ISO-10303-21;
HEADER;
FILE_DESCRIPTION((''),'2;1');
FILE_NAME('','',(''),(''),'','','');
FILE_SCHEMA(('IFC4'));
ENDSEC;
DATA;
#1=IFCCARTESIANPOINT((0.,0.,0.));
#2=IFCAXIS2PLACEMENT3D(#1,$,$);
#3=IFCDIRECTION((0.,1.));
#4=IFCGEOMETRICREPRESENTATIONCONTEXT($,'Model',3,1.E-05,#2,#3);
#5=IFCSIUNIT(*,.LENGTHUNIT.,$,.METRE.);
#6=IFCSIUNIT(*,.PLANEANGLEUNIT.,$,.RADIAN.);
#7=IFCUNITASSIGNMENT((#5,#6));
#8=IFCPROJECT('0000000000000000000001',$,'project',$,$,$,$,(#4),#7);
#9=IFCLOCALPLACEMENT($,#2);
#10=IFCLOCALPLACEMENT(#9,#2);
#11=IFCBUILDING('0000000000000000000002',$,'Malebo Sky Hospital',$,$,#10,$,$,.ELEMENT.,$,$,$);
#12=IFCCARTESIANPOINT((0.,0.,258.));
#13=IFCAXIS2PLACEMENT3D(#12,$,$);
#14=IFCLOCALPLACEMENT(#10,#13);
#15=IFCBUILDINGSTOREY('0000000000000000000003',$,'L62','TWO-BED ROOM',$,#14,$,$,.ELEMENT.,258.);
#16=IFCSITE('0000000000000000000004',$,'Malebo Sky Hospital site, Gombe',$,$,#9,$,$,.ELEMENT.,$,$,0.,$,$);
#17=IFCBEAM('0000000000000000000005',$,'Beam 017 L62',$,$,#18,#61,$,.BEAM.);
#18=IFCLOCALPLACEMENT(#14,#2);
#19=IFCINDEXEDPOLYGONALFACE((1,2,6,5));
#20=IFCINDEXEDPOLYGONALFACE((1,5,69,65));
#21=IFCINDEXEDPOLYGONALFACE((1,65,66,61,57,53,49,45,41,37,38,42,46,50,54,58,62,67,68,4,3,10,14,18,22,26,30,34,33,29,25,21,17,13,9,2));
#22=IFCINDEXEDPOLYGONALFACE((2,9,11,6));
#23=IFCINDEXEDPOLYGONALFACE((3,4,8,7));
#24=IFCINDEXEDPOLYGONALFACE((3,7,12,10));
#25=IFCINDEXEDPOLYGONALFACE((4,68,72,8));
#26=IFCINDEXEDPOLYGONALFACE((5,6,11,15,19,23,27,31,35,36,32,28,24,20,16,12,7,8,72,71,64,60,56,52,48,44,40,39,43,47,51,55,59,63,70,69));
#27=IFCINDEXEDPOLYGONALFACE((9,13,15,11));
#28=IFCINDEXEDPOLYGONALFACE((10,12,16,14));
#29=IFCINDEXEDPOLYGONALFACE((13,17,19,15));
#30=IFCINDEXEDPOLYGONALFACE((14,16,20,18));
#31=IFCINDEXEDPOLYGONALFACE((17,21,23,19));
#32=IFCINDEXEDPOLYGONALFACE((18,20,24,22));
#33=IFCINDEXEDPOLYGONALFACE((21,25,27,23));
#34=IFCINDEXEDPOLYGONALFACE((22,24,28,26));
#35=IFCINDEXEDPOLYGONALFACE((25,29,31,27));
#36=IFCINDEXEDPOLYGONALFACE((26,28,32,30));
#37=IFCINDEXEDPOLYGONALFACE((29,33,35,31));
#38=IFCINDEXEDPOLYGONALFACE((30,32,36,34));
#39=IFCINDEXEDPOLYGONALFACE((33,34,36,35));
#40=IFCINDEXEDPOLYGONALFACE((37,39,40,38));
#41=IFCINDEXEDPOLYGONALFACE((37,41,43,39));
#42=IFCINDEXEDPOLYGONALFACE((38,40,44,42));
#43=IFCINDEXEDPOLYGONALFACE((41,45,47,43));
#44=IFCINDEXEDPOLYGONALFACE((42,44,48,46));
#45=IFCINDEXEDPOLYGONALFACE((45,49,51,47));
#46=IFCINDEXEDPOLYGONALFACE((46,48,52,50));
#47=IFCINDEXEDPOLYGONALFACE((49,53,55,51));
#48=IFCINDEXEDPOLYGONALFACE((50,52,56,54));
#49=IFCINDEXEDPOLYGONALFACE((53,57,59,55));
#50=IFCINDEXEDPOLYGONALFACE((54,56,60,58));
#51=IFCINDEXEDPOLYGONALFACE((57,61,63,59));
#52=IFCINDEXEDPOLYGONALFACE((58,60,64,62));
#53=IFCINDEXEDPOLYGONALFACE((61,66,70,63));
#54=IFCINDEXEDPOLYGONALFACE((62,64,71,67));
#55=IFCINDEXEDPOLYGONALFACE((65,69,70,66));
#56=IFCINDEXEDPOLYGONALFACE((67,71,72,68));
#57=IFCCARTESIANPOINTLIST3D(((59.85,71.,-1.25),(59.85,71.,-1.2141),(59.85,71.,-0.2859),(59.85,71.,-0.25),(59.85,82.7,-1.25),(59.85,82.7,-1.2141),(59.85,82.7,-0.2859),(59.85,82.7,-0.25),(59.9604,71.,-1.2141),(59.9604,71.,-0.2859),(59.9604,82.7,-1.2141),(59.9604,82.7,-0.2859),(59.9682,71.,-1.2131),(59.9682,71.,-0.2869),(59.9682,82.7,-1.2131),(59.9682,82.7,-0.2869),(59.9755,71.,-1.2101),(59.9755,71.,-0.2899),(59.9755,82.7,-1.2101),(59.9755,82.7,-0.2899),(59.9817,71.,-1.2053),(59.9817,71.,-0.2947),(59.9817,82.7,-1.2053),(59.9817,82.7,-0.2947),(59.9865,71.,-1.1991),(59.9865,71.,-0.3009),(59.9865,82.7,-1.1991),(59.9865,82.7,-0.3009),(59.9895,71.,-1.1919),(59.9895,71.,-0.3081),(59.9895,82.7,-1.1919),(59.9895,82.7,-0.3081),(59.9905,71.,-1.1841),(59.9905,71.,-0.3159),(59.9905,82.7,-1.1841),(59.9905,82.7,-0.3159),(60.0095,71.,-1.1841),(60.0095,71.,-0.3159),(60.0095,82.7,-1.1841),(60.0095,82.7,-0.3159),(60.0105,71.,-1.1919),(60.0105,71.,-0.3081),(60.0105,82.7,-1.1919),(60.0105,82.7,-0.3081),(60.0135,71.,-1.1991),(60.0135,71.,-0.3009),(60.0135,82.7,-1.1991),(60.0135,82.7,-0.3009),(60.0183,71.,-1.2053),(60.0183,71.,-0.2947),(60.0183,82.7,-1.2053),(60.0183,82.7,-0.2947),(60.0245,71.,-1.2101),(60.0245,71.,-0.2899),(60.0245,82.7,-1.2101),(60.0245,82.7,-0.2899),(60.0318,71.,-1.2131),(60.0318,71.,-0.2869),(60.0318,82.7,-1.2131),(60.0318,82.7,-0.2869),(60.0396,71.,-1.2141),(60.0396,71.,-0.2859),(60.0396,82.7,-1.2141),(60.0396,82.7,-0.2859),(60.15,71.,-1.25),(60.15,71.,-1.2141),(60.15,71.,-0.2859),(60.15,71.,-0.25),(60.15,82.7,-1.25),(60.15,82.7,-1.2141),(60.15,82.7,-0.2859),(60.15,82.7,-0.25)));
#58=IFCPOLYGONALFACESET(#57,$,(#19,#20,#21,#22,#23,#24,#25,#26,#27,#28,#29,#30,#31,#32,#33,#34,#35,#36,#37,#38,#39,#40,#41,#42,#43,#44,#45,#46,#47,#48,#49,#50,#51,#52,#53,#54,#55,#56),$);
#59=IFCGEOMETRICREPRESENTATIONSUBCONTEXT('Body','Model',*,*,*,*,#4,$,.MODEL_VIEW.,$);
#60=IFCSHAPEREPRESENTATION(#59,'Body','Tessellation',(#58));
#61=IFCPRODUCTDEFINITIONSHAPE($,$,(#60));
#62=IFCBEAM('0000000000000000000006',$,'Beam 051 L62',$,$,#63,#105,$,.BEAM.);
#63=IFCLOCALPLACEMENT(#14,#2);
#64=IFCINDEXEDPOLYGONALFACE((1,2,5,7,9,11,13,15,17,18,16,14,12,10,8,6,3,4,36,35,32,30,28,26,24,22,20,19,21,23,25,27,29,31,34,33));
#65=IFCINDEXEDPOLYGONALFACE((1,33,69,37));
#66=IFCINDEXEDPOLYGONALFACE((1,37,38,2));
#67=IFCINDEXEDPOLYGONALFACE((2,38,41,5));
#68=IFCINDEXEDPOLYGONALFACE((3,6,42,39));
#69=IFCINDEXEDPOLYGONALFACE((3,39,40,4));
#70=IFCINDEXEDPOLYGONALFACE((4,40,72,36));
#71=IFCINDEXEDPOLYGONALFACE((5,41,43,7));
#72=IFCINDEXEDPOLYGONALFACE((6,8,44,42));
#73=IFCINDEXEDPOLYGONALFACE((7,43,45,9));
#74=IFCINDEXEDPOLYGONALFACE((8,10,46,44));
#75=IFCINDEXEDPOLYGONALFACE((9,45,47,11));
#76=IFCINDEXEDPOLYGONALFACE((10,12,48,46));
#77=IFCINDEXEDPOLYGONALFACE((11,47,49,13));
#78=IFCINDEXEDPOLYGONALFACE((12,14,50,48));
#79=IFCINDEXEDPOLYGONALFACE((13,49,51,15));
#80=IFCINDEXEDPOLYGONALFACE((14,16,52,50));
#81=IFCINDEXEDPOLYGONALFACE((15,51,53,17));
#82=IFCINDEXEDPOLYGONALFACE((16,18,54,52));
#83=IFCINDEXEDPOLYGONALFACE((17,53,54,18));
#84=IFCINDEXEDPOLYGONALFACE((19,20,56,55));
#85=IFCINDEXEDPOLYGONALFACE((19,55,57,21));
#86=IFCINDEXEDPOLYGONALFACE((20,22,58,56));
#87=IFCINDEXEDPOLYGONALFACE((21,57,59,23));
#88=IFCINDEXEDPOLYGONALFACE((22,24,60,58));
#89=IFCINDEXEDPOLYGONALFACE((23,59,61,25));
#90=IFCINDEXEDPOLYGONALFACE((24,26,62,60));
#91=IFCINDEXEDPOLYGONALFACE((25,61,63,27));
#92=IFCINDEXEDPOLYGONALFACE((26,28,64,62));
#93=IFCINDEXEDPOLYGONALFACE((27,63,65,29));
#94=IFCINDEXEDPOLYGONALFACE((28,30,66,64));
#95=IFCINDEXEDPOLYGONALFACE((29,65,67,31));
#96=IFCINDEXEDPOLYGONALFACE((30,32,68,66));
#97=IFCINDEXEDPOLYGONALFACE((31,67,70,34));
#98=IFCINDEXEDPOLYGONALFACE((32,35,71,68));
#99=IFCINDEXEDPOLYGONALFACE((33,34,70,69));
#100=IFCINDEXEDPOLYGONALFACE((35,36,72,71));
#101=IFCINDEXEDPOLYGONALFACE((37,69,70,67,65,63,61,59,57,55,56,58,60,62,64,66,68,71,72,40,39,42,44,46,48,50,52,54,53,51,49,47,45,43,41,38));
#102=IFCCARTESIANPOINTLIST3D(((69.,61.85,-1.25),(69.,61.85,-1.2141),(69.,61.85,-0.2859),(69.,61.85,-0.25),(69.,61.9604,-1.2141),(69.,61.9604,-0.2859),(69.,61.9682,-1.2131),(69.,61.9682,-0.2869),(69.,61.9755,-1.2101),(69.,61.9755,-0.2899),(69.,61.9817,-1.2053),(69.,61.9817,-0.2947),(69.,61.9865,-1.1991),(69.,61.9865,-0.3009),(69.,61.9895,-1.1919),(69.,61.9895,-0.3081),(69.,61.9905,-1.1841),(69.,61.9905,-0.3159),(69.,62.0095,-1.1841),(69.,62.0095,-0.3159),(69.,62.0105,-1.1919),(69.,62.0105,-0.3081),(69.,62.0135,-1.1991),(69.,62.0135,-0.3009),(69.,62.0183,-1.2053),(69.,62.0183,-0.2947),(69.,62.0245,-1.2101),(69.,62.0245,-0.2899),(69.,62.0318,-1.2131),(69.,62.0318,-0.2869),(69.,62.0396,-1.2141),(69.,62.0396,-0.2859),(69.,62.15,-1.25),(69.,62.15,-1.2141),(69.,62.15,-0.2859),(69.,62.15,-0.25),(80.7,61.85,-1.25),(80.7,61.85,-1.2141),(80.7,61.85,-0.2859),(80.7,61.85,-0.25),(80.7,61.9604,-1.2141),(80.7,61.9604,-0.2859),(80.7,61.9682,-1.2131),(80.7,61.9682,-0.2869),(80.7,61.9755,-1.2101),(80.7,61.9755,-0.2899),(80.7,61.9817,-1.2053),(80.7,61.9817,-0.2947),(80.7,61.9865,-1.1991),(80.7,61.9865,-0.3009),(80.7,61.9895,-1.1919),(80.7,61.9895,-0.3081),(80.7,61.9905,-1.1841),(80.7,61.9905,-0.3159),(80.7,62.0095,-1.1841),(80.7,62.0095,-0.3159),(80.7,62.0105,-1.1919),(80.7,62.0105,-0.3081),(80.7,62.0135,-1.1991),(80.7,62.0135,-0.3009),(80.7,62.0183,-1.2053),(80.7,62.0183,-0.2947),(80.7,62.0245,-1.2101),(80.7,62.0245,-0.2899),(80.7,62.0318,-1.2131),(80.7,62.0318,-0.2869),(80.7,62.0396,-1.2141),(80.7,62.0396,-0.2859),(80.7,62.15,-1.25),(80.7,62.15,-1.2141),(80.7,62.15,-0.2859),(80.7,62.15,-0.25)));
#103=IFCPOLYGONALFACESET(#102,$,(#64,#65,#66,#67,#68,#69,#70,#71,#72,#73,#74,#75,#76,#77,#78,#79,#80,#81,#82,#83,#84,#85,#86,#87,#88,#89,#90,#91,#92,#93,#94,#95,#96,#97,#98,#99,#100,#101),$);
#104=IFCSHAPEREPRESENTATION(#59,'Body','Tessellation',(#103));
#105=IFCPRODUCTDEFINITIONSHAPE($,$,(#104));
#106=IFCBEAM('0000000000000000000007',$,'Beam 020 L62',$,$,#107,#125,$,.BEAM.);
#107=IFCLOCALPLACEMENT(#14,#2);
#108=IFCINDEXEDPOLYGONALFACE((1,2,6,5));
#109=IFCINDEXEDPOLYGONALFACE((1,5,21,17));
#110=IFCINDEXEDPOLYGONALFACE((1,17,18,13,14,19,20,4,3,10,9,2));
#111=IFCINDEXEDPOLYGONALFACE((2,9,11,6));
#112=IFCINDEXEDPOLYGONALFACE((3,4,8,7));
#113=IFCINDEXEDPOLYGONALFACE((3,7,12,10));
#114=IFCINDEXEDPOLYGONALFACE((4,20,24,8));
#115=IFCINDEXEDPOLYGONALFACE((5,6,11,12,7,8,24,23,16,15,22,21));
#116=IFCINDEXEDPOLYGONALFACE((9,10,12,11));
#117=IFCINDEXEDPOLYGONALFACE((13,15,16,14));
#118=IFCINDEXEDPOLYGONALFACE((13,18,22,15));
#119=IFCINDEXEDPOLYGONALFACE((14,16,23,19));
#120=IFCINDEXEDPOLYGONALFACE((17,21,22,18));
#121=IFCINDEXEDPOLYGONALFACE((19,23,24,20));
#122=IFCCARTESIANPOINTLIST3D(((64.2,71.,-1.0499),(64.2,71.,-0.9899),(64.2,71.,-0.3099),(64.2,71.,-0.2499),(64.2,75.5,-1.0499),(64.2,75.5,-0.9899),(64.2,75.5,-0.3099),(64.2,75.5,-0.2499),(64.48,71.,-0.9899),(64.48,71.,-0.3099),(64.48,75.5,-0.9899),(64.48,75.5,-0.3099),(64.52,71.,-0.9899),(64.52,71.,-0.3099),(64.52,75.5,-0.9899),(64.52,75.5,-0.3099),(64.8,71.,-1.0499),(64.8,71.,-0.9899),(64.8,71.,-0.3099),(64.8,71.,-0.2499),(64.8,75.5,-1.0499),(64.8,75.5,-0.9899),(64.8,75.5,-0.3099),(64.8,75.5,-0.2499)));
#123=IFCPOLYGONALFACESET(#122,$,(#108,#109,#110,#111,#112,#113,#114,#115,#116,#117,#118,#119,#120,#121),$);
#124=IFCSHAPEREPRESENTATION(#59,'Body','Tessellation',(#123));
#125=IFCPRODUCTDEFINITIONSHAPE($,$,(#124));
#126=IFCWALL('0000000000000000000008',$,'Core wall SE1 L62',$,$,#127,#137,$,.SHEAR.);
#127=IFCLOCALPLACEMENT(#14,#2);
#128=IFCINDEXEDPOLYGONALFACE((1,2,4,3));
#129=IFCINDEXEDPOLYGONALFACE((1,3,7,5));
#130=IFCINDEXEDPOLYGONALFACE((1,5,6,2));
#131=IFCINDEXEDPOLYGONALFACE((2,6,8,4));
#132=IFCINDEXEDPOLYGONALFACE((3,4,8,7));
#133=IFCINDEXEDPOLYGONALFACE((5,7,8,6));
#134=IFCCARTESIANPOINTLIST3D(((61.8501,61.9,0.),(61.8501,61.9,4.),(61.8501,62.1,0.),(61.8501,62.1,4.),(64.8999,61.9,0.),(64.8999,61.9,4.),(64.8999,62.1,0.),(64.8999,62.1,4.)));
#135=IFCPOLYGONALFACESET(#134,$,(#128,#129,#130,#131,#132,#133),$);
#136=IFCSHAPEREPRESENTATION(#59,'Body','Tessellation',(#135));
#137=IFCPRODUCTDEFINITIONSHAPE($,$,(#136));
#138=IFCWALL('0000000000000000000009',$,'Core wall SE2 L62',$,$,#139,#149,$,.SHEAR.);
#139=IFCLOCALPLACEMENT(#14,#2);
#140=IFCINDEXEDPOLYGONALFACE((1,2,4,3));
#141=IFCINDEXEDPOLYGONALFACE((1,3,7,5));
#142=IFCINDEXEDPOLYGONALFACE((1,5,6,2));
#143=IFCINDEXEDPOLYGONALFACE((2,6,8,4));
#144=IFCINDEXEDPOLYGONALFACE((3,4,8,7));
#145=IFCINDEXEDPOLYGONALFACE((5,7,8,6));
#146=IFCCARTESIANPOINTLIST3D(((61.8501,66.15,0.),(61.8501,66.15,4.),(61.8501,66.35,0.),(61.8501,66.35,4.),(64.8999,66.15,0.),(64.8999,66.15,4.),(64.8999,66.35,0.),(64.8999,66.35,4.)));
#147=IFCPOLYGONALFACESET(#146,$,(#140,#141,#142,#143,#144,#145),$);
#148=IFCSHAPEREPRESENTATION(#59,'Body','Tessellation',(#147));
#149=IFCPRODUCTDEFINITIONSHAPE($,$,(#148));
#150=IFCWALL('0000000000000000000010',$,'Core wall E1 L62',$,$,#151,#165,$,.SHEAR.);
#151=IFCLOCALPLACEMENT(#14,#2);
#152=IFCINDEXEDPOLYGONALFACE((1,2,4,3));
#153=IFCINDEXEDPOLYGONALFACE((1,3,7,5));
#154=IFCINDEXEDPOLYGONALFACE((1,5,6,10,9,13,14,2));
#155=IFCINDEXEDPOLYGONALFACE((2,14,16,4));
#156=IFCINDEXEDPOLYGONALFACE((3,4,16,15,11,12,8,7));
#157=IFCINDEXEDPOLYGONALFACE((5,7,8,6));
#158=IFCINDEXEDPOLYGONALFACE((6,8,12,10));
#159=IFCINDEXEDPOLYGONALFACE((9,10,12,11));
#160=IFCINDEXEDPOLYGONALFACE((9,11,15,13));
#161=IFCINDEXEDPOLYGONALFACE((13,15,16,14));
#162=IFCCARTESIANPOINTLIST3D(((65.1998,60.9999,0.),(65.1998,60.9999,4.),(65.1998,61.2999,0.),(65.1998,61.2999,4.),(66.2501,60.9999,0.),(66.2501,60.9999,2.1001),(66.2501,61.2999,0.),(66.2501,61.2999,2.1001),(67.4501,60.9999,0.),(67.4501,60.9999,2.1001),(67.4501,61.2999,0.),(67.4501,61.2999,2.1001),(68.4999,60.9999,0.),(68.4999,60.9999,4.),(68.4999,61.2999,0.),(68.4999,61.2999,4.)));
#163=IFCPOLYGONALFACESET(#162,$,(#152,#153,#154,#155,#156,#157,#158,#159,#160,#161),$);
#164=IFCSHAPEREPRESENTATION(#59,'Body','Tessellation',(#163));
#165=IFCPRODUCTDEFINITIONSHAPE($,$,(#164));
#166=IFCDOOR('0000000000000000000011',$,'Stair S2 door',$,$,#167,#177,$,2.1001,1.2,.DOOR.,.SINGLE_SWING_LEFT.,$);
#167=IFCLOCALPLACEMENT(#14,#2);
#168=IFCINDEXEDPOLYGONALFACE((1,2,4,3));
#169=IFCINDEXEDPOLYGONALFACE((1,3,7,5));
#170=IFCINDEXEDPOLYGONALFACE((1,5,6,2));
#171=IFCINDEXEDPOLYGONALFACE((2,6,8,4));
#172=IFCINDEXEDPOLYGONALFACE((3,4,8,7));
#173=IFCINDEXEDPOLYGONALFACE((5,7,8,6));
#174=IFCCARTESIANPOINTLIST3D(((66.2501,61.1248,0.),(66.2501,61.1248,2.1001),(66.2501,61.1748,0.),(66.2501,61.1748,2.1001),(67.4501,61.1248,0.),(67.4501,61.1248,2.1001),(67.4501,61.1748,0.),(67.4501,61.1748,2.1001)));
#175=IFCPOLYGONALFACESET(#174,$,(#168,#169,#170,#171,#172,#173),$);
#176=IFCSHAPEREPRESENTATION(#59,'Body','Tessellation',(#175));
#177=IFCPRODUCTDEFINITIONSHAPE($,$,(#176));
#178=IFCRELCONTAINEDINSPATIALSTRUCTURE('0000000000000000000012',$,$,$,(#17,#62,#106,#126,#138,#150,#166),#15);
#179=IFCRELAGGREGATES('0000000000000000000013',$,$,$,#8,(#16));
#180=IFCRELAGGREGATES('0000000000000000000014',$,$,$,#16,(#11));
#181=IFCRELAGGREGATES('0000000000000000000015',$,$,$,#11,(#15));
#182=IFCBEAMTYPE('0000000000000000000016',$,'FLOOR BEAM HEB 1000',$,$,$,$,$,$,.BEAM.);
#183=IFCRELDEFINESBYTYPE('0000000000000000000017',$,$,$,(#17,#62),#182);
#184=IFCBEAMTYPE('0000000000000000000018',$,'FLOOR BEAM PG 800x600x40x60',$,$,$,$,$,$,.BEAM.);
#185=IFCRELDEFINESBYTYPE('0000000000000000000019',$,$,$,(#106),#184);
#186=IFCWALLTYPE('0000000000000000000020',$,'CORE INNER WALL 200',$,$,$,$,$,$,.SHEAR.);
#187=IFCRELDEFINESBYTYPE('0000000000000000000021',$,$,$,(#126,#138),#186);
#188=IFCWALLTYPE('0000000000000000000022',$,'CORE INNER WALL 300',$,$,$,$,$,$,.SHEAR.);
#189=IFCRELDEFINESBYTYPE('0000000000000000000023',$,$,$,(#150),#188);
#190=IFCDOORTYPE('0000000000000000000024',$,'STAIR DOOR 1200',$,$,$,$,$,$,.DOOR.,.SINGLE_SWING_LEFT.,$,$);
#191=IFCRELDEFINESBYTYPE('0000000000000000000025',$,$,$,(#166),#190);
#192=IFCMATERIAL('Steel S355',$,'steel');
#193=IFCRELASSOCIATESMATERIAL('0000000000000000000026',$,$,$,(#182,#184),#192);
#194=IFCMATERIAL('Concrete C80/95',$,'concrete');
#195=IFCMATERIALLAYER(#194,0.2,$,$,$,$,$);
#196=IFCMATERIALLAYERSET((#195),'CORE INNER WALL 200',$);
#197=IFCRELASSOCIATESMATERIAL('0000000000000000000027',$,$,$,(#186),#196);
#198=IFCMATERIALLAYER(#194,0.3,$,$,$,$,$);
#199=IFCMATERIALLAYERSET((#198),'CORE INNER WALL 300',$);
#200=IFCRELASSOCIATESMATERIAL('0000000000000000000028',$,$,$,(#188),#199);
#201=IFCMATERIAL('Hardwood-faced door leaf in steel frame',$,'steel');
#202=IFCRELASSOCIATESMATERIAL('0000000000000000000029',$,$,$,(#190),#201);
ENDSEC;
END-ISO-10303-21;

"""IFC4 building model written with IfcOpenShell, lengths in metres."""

from ifc_helpers import new_model, si_unit, direction, frame, frame_2d, origin, origin_2d, place, context, subcontext, project, spatial, rectangle, i_section, extrude, material, layer, layer_set, material_profile, profile_set, type_object, element, fill, save


model = new_model("IFC4")

# Units and contexts
model_context = context("Model", 3, precision=1e-05, world=origin(), true_north=direction((0.0, 1.0)))
body_context = subcontext(model_context, "Body", "Model", "MODEL_VIEW")
ifc_project = project(units=[si_unit("LENGTHUNIT", "METRE"), si_unit("PLANEANGLEUNIT", "RADIAN")], contexts=[model_context])

# Site, building, storey
site_placement = place(None, origin())
site = spatial("IfcSite", under=ifc_project, at=site_placement, Name="Malebo Sky Hospital site, Gombe", CompositionType="ELEMENT", RefElevation=0.0)
building_placement = place(site_placement, origin())
building = spatial("IfcBuilding", under=site, at=building_placement, Name="Malebo Sky Hospital", CompositionType="ELEMENT")
storey_placement = place(building_placement, frame((0.0, 0.0, 258.0)))
storey = spatial("IfcBuildingStorey", under=building, at=storey_placement, Name="L62", Description="TWO-BED ROOM", CompositionType="ELEMENT", Elevation=258.0)

# Beams
ifc_material_1 = material(Name="Steel S355", Category="steel")
ifc_material_profile_1 = material_profile(ifc_material_1, i_section(OverallWidth=0.3, OverallDepth=1.0, WebThickness=0.019, FlangeThickness=0.0359, FilletRadius=0.03, at=origin_2d()), Name="HEB 1000")
ifc_profile_set_1 = profile_set([ifc_material_profile_1], Name="Steel S355")
beam_type_1 = type_object("IfcBeamType", Name="FLOOR BEAM HEB 1000", PredefinedType="BEAM", material=ifc_profile_set_1)
for number, where, z_axis, x_axis, name in (
    (1, (60.0, 71.0, -0.75), (0.0, 1.0, 0.0), (-1.0, 0.0, 0.0), "Beam 017 L62"),
    (2, (69.0, 62.0, -0.75), (1.0, 0.0, 0.0), (0.0, 1.0, 0.0), "Beam 051 L62"),
):
    element("IfcBeam", number, at=place(storey_placement, frame(where, z_axis=z_axis, x_axis=x_axis)), inside=storey, type_object=beam_type_1, Name=name, PredefinedType="BEAM", context=body_context, shape_type="SweptSolid", body=[
        extrude(i_section(OverallWidth=0.3, OverallDepth=1.0, WebThickness=0.019, FlangeThickness=0.0359, FilletRadius=0.03, at=origin_2d()), origin(), (0.0, 0.0, 1.0), 11.7),
    ])
ifc_material_profile_2 = material_profile(ifc_material_1, i_section(OverallWidth=0.6001, OverallDepth=0.8, WebThickness=0.04, FlangeThickness=0.0601, at=origin_2d()), Name="PG 800x600x40x60")
ifc_profile_set_2 = profile_set([ifc_material_profile_2], Name="Steel S355")
beam_type_2 = type_object("IfcBeamType", Name="FLOOR BEAM PG 800x600x40x60", PredefinedType="BEAM", material=ifc_profile_set_2)
beam_placement = place(storey_placement, frame((64.5, 71.0, -0.6499), z_axis=(0.0, 1.0, 0.0), x_axis=(-1.0, 0.0, 0.0)))
element("IfcBeam", 3, at=beam_placement, inside=storey, type_object=beam_type_2, Name="Beam 020 L62", PredefinedType="BEAM", context=body_context, shape_type="SweptSolid", body=[
    extrude(i_section(OverallWidth=0.6001, OverallDepth=0.8, WebThickness=0.04, FlangeThickness=0.0601, at=origin_2d()), origin(), (0.0, 0.0, 1.0), 4.5),
])

# Walls
ifc_material_2 = material(Name="Concrete C80/95", Category="concrete")
ifc_layer_1 = layer(ifc_material_2, 0.2)
ifc_layer_set_1 = layer_set([ifc_layer_1], Name="CORE INNER WALL 200")
wall_type_1 = type_object("IfcWallType", Name="CORE INNER WALL 200", PredefinedType="SHEAR", material=ifc_layer_set_1)
for number, where, z_axis, x_axis, name in (
    (4, (61.8501, 62.0, 0.0), (0.0, 0.0, 1.0), (1.0, 0.0, 0.0), "Core wall SE1 L62"),
    (5, (61.8501, 66.25, 0.0), (0.0, 0.0, 1.0), (1.0, 0.0, 0.0), "Core wall SE2 L62"),
):
    element("IfcWall", number, at=place(storey_placement, frame(where, z_axis=z_axis, x_axis=x_axis)), inside=storey, type_object=wall_type_1, Name=name, PredefinedType="SHEAR", context=body_context, shape_type="SweptSolid", body=[
        extrude(rectangle(XDim=3.0498, YDim=0.2, at=frame_2d((1.5249, 0.0))), origin(), (0.0, 0.0, 1.0), 4.0),
    ])

# Wall, opening, door
ifc_layer_2 = layer(ifc_material_2, 0.3)
ifc_layer_set_2 = layer_set([ifc_layer_2], Name="CORE INNER WALL 300")
wall_type_2 = type_object("IfcWallType", Name="CORE INNER WALL 300", PredefinedType="SHEAR", material=ifc_layer_set_2)
wall_1_placement = place(storey_placement, frame((65.2, 61.1499, 0.0), z_axis=(0.0, 0.0, 1.0), x_axis=(1.0, 0.0, 0.0)))
wall_1 = element("IfcWall", 6, at=wall_1_placement, inside=storey, type_object=wall_type_2, Name="Core wall E1 L62", PredefinedType="SHEAR", context=body_context, shape_type="SweptSolid", body=[
    extrude(rectangle(XDim=3.3, YDim=0.3, at=frame_2d((1.6499, 0.0))), origin(), (0.0, 0.0, 1.0), 4.0),
])
opening_1_placement = place(wall_1_placement, frame((1.05, 0.0, 0.0)))
opening_1 = element("IfcOpeningElement", 7, at=opening_1_placement, cuts=wall_1, PredefinedType="OPENING", context=body_context, shape_type="SweptSolid", body=[
    extrude(rectangle(XDim=1.2, YDim=2.1001, at=frame_2d((0.6001, 1.05))), frame((0.0, 0.1599, 0.0), z_axis=(0.0, -1.0, 0.0), x_axis=(1.0, 0.0, 0.0)), (0.0, 0.0, 1.0), 0.3201),
])
ifc_material_3 = material(Name="Hardwood-faced door leaf in steel frame", Category="steel")
door_type_1 = type_object("IfcDoorType", Name="STAIR DOOR 1200", OperationType="SINGLE_SWING_LEFT", PredefinedType="DOOR", material=ifc_material_3)
door_1_placement = place(opening_1_placement, origin())
door_1 = element("IfcDoor", 8, at=door_1_placement, inside=storey, type_object=door_type_1, Name="Stair S2 door", OperationType="SINGLE_SWING_LEFT", OverallHeight=2.1001, OverallWidth=1.2, PredefinedType="DOOR", context=body_context, shape_type="SweptSolid", body=[
    extrude(rectangle(XDim=1.2, YDim=2.1001, at=frame_2d((0.6001, 1.05))), frame((0.0, 0.0249, 0.0), z_axis=(0.0, -1.0, 0.0), x_axis=(1.0, 0.0, 0.0)), (0.0, 0.0, 1.0), 0.05),
])
fill(opening_1, door_1)

save(model, "model.ifc")
